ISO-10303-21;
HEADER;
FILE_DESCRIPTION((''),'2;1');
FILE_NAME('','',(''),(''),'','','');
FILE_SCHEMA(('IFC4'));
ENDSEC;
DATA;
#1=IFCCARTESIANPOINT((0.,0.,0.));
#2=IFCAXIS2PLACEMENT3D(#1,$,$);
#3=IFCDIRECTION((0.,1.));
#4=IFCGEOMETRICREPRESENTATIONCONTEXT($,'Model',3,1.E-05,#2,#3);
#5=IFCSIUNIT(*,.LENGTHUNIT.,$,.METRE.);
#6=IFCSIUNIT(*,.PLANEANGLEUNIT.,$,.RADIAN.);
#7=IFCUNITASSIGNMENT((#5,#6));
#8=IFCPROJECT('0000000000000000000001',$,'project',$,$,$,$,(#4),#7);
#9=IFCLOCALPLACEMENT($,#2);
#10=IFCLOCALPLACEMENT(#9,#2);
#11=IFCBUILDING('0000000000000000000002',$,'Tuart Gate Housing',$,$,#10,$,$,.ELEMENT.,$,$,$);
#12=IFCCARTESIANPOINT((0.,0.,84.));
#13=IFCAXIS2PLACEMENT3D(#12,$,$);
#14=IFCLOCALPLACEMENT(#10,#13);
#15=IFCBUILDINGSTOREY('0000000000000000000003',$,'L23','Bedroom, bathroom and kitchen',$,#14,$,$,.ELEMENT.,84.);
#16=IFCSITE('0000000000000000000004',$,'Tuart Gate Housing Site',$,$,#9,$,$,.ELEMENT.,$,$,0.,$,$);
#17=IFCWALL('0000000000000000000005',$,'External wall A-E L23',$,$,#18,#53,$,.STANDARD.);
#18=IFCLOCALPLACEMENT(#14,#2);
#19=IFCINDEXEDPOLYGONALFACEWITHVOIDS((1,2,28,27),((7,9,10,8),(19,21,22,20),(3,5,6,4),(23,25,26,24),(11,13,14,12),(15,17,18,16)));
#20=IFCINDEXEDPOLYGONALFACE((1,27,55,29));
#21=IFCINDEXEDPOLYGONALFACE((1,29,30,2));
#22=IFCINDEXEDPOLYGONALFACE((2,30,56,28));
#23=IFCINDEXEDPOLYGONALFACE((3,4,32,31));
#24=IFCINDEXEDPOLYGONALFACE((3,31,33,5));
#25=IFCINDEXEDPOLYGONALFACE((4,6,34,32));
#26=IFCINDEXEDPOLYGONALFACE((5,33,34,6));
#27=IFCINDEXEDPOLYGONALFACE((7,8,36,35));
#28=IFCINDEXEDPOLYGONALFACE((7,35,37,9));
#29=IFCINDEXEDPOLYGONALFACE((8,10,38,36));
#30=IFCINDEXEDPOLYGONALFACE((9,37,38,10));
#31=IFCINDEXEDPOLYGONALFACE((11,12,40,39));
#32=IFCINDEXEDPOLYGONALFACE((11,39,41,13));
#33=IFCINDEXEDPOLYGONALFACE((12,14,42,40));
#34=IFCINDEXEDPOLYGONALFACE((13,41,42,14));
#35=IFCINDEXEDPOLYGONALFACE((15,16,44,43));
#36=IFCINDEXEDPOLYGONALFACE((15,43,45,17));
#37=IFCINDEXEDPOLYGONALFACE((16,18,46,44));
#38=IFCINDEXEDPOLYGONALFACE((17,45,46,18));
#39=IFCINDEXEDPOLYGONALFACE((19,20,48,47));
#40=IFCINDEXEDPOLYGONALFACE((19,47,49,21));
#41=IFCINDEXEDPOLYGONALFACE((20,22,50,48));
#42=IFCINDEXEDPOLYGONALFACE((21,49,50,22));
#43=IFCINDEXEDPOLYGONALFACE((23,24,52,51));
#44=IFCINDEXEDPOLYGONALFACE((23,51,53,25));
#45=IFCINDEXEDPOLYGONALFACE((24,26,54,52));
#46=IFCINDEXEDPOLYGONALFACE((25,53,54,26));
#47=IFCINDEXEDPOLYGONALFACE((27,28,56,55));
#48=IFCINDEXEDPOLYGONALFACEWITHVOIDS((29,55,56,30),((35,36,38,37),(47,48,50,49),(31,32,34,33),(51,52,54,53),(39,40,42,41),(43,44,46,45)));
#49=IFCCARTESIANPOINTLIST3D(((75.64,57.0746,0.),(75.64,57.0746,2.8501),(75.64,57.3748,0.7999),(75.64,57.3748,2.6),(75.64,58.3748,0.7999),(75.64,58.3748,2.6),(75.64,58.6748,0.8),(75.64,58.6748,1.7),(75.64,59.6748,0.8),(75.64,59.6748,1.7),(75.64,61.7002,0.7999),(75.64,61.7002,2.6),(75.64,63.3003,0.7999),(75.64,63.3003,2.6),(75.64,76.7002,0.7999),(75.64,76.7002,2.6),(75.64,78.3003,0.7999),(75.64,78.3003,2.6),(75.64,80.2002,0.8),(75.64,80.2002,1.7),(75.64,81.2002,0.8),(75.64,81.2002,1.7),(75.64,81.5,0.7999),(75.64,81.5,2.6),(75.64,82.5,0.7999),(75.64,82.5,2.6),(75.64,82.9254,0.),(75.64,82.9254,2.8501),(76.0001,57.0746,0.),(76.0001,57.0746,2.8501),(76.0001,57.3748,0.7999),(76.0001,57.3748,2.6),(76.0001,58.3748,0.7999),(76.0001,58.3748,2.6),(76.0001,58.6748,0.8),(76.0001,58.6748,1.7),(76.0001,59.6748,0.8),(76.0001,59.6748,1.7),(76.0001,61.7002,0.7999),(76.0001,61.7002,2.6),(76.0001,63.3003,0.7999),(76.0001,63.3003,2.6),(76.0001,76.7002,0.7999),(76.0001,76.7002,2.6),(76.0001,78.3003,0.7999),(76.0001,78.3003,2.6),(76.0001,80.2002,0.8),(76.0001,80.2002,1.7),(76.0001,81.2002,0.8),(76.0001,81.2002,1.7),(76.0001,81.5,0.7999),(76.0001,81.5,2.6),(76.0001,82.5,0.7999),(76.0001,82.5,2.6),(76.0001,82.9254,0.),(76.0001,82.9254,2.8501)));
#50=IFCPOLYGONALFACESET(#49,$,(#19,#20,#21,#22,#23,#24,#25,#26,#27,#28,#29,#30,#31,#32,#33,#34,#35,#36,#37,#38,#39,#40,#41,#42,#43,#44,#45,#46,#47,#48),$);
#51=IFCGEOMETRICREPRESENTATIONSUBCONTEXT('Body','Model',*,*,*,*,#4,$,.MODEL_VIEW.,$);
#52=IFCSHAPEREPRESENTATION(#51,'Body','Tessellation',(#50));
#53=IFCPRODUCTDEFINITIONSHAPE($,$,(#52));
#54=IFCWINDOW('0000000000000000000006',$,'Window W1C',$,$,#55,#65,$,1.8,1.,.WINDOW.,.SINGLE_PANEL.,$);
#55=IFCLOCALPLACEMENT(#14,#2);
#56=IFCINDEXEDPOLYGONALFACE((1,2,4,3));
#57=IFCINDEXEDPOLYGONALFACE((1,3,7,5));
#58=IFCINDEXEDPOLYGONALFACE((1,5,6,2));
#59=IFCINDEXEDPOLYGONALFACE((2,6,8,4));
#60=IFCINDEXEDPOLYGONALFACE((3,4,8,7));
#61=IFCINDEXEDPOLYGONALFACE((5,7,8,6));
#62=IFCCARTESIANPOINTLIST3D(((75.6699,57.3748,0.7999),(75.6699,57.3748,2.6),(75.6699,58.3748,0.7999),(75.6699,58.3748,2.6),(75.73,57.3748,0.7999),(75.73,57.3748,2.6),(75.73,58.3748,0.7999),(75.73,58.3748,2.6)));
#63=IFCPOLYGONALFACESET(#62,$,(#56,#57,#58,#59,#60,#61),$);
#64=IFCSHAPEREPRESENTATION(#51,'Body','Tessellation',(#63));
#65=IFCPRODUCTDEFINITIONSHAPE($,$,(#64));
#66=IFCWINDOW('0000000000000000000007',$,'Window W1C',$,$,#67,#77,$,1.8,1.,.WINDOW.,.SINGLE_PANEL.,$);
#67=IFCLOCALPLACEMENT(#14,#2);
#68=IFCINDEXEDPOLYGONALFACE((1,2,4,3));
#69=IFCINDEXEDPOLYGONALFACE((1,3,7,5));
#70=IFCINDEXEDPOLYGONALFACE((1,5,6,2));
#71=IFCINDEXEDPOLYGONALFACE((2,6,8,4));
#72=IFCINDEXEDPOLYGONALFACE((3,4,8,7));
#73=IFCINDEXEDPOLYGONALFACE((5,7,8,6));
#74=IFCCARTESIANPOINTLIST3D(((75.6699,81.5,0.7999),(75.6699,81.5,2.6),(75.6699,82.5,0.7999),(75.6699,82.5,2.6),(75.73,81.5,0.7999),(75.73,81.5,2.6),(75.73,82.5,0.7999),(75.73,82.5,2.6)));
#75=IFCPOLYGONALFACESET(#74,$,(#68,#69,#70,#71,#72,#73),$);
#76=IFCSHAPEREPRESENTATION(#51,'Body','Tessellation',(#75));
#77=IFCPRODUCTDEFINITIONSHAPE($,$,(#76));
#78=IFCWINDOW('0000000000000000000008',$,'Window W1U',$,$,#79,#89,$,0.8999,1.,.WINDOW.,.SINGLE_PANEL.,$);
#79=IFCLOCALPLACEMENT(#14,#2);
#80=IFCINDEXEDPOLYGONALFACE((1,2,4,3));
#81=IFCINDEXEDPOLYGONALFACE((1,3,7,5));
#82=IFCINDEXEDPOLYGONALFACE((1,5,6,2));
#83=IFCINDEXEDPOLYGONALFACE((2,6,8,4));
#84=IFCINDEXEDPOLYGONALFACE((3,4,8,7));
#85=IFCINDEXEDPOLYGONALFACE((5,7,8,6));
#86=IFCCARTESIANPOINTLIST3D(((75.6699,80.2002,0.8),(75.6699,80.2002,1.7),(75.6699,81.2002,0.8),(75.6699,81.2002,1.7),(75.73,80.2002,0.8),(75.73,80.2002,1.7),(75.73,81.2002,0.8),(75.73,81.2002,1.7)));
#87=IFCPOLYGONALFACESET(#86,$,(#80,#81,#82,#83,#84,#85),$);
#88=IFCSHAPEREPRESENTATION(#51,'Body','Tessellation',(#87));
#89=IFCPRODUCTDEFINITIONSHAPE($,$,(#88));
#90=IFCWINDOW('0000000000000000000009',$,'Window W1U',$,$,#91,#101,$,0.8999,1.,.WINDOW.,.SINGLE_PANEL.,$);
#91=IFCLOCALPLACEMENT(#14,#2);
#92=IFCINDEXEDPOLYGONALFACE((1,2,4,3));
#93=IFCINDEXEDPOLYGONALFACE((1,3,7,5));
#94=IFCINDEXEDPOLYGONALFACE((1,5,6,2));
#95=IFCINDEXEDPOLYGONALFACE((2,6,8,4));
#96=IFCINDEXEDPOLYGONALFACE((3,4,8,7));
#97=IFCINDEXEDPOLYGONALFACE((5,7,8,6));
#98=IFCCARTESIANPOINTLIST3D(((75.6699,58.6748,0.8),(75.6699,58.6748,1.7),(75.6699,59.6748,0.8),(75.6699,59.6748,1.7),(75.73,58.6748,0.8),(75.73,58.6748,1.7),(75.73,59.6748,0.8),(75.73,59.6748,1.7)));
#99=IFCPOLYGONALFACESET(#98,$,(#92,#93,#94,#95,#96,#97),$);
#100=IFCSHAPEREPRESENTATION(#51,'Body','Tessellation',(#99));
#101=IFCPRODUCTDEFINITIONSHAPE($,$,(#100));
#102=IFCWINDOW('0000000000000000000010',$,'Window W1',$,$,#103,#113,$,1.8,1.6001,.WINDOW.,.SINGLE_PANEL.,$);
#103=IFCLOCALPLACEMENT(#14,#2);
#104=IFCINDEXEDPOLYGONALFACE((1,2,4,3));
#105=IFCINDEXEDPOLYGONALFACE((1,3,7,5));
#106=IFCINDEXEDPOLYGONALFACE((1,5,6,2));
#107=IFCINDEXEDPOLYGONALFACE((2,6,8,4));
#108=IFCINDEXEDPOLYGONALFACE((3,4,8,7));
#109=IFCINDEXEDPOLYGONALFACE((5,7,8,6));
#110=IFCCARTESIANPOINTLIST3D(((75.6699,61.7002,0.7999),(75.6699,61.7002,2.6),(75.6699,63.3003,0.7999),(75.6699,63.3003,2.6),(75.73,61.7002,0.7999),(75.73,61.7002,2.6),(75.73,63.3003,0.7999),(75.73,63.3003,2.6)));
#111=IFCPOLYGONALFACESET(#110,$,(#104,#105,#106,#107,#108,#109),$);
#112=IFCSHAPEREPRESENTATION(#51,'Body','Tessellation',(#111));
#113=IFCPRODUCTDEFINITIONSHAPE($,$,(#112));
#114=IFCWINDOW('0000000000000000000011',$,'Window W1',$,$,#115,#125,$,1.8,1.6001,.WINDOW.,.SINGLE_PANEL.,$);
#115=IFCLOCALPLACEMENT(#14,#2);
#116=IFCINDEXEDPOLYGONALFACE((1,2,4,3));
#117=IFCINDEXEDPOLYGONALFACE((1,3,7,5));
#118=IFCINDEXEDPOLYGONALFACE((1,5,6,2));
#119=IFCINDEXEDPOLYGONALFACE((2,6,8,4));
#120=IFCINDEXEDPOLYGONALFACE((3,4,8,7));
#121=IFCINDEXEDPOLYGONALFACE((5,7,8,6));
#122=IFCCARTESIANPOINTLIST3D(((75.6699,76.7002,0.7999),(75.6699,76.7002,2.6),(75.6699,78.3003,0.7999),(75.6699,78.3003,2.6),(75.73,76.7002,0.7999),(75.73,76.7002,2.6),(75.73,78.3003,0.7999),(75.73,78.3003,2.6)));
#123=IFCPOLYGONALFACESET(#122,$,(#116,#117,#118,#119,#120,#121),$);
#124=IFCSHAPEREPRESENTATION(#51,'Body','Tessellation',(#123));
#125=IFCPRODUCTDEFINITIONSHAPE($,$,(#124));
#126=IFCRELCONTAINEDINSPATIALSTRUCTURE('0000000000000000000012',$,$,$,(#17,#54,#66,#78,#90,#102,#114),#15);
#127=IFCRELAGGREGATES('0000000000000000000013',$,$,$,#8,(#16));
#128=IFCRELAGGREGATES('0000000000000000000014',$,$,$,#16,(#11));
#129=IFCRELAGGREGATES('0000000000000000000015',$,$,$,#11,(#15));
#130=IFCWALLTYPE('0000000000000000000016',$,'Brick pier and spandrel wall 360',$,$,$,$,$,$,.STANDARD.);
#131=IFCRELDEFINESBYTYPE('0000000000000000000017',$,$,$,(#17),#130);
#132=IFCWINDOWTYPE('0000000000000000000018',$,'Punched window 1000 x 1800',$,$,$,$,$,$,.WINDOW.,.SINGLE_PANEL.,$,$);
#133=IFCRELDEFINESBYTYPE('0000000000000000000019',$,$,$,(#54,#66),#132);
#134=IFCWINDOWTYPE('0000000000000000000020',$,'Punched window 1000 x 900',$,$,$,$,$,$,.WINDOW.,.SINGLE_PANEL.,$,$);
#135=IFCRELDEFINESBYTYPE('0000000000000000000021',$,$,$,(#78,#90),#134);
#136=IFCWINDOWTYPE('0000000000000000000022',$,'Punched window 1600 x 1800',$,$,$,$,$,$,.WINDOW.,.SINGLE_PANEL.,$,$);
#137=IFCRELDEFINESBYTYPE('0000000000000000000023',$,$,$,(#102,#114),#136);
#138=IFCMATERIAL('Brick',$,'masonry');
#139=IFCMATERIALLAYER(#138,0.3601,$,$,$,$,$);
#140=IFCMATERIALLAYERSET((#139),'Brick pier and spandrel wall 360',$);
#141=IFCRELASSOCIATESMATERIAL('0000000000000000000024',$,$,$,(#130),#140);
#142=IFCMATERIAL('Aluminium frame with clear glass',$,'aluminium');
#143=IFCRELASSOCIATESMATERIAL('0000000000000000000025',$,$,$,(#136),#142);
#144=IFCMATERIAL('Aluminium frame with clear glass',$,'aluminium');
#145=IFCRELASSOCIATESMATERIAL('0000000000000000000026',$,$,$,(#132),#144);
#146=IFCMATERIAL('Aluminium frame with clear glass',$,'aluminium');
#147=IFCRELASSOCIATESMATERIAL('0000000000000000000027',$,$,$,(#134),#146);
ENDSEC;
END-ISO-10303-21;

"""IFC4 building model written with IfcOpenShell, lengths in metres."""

from ifc_helpers import new_model, si_unit, direction, frame, frame_2d, origin, place, context, subcontext, project, spatial, rectangle, extrude, material, layer, layer_set, type_object, element, fill, save


model = new_model("IFC4")

# Units and contexts
model_context = context("Model", 3, precision=1e-05, world=origin(), true_north=direction((0.0, 1.0)))
body_context = subcontext(model_context, "Body", "Model", "MODEL_VIEW")
ifc_project = project(units=[si_unit("LENGTHUNIT", "METRE"), si_unit("PLANEANGLEUNIT", "RADIAN")], contexts=[model_context])

# Site, building, storey
site_placement = place(None, origin())
site = spatial("IfcSite", under=ifc_project, at=site_placement, Name="Tuart Gate Housing Site", CompositionType="ELEMENT", RefElevation=0.0)
building_placement = place(site_placement, origin())
building = spatial("IfcBuilding", under=site, at=building_placement, Name="Tuart Gate Housing", CompositionType="ELEMENT")
storey_placement = place(building_placement, frame((0.0, 0.0, 84.0)))
storey = spatial("IfcBuildingStorey", under=building, at=storey_placement, Name="L23", Description="Bedroom, bathroom and kitchen", CompositionType="ELEMENT", Elevation=84.0)

# Shared definitions
ifc_material_1 = material(Name="Brick", Category="masonry")
ifc_layer = layer(ifc_material_1, 0.3601)
ifc_layer_set = layer_set([ifc_layer], Name="Brick pier and spandrel wall 360")
wall_type = type_object("IfcWallType", Name="Brick pier and spandrel wall 360", PredefinedType="STANDARD", material=ifc_layer_set)
ifc_material_2 = material(Name="Aluminium frame with clear glass", Category="aluminium")
window_type_1 = type_object("IfcWindowType", Name="Punched window 1600 x 1800", PartitioningType="SINGLE_PANEL", PredefinedType="WINDOW", material=ifc_material_2)

# Wall, openings, windows
wall_1_placement = place(storey_placement, frame((75.8201, 57.0747, 0.0), z_axis=(0.0, 0.0, 1.0), x_axis=(0.0, 1.0, 0.0)))
wall_1 = element("IfcWall", 1, at=wall_1_placement, inside=storey, type_object=wall_type, Name="External wall A-E L23", PredefinedType="STANDARD", context=body_context, shape_type="SweptSolid", body=[
    extrude(rectangle(XDim=25.8508, YDim=0.3601, at=frame_2d((12.9253, 0.0))), origin(), (0.0, 0.0, 1.0), 2.8501),
])
opening_1_placement = place(wall_1_placement, frame((0.3, 0.0, 0.8)))
opening_1 = element("IfcOpeningElement", 2, at=opening_1_placement, cuts=wall_1, PredefinedType="OPENING", context=body_context, shape_type="SweptSolid", body=[
    extrude(rectangle(XDim=1.0, YDim=1.8, at=frame_2d((0.5, 0.8999))), frame((0.0, 0.1899, 0.0), z_axis=(0.0, -1.0, 0.0), x_axis=(1.0, 0.0, 0.0)), (0.0, 0.0, 1.0), 0.3801),
])
opening_2_placement = place(wall_1_placement, frame((4.6255, 0.0, 0.8)))
opening_2 = element("IfcOpeningElement", 3, at=opening_2_placement, cuts=wall_1, PredefinedType="OPENING", context=body_context, shape_type="SweptSolid", body=[
    extrude(rectangle(XDim=1.6001, YDim=1.8, at=frame_2d((0.8, 0.8999))), frame((0.0, 0.1899, 0.0), z_axis=(0.0, -1.0, 0.0), x_axis=(1.0, 0.0, 0.0)), (0.0, 0.0, 1.0), 0.3801),
])
opening_3_placement = place(wall_1_placement, frame((19.6255, 0.0, 0.8)))
opening_3 = element("IfcOpeningElement", 4, at=opening_3_placement, cuts=wall_1, PredefinedType="OPENING", context=body_context, shape_type="SweptSolid", body=[
    extrude(rectangle(XDim=1.6001, YDim=1.8, at=frame_2d((0.8, 0.8999))), frame((0.0, 0.1899, 0.0), z_axis=(0.0, -1.0, 0.0), x_axis=(1.0, 0.0, 0.0)), (0.0, 0.0, 1.0), 0.3801),
])
opening_4_placement = place(wall_1_placement, frame((23.1255, 0.0, 0.8)))
opening_4 = element("IfcOpeningElement", 5, at=opening_4_placement, cuts=wall_1, PredefinedType="OPENING", context=body_context, shape_type="SweptSolid", body=[
    extrude(rectangle(XDim=1.0, YDim=0.8999, at=frame_2d((0.5, 0.45))), frame((0.0, 0.1899, 0.0), z_axis=(0.0, -1.0, 0.0), x_axis=(1.0, 0.0, 0.0)), (0.0, 0.0, 1.0), 0.3801),
])
opening_5_placement = place(wall_1_placement, frame((1.6001, 0.0, 0.8)))
opening_5 = element("IfcOpeningElement", 6, at=opening_5_placement, cuts=wall_1, PredefinedType="OPENING", context=body_context, shape_type="SweptSolid", body=[
    extrude(rectangle(XDim=1.0, YDim=0.8999, at=frame_2d((0.5, 0.45))), frame((0.0, 0.1899, 0.0), z_axis=(0.0, -1.0, 0.0), x_axis=(1.0, 0.0, 0.0)), (0.0, 0.0, 1.0), 0.3801),
])
opening_6_placement = place(wall_1_placement, frame((24.4253, 0.0, 0.8)))
opening_6 = element("IfcOpeningElement", 7, at=opening_6_placement, cuts=wall_1, PredefinedType="OPENING", context=body_context, shape_type="SweptSolid", body=[
    extrude(rectangle(XDim=1.0, YDim=1.8, at=frame_2d((0.5, 0.8999))), frame((0.0, 0.1899, 0.0), z_axis=(0.0, -1.0, 0.0), x_axis=(1.0, 0.0, 0.0)), (0.0, 0.0, 1.0), 0.3801),
])
ifc_material_3 = material(Name="Aluminium frame with clear glass", Category="aluminium")
window_type_2 = type_object("IfcWindowType", Name="Punched window 1000 x 1800", PartitioningType="SINGLE_PANEL", PredefinedType="WINDOW", material=ifc_material_3)
window_1_placement = place(opening_1_placement, origin())
window_1 = element("IfcWindow", 8, at=window_1_placement, inside=storey, type_object=window_type_2, Name="Window W1C", OverallHeight=1.8, OverallWidth=1.0, PartitioningType="SINGLE_PANEL", PredefinedType="WINDOW", context=body_context, shape_type="SweptSolid", body=[
    extrude(rectangle(XDim=1.0, YDim=1.8, at=frame_2d((0.5, 0.8999))), frame((0.0, 0.1501, 0.0), z_axis=(0.0, -1.0, 0.0), x_axis=(1.0, 0.0, 0.0)), (0.0, 0.0, 1.0), 0.0601),
])
fill(opening_1, window_1)
window_2_placement = place(opening_6_placement, origin())
window_2 = element("IfcWindow", 9, at=window_2_placement, inside=storey, type_object=window_type_2, Name="Window W1C", OverallHeight=1.8, OverallWidth=1.0, PartitioningType="SINGLE_PANEL", PredefinedType="WINDOW", context=body_context, shape_type="SweptSolid", body=[
    extrude(rectangle(XDim=1.0, YDim=1.8, at=frame_2d((0.5, 0.8999))), frame((0.0, 0.1501, 0.0), z_axis=(0.0, -1.0, 0.0), x_axis=(1.0, 0.0, 0.0)), (0.0, 0.0, 1.0), 0.0601),
])
fill(opening_6, window_2)
ifc_material_4 = material(Name="Aluminium frame with clear glass", Category="aluminium")
window_type_3 = type_object("IfcWindowType", Name="Punched window 1000 x 900", PartitioningType="SINGLE_PANEL", PredefinedType="WINDOW", material=ifc_material_4)
window_3_placement = place(opening_4_placement, origin())
window_3 = element("IfcWindow", 10, at=window_3_placement, inside=storey, type_object=window_type_3, Name="Window W1U", OverallHeight=0.8999, OverallWidth=1.0, PartitioningType="SINGLE_PANEL", PredefinedType="WINDOW", context=body_context, shape_type="SweptSolid", body=[
    extrude(rectangle(XDim=1.0, YDim=0.8999, at=frame_2d((0.5, 0.45))), frame((0.0, 0.1501, 0.0), z_axis=(0.0, -1.0, 0.0), x_axis=(1.0, 0.0, 0.0)), (0.0, 0.0, 1.0), 0.0601),
])
fill(opening_4, window_3)
window_4_placement = place(opening_5_placement, origin())
window_4 = element("IfcWindow", 11, at=window_4_placement, inside=storey, type_object=window_type_3, Name="Window W1U", OverallHeight=0.8999, OverallWidth=1.0, PartitioningType="SINGLE_PANEL", PredefinedType="WINDOW", context=body_context, shape_type="SweptSolid", body=[
    extrude(rectangle(XDim=1.0, YDim=0.8999, at=frame_2d((0.5, 0.45))), frame((0.0, 0.1501, 0.0), z_axis=(0.0, -1.0, 0.0), x_axis=(1.0, 0.0, 0.0)), (0.0, 0.0, 1.0), 0.0601),
])
fill(opening_5, window_4)
window_5_placement = place(opening_2_placement, origin())
window_5 = element("IfcWindow", 12, at=window_5_placement, inside=storey, type_object=window_type_1, Name="Window W1", OverallHeight=1.8, OverallWidth=1.6001, PartitioningType="SINGLE_PANEL", PredefinedType="WINDOW", context=body_context, shape_type="SweptSolid", body=[
    extrude(rectangle(XDim=1.6001, YDim=1.8, at=frame_2d((0.8, 0.8999))), frame((0.0, 0.1501, 0.0), z_axis=(0.0, -1.0, 0.0), x_axis=(1.0, 0.0, 0.0)), (0.0, 0.0, 1.0), 0.0601),
])
fill(opening_2, window_5)
window_6_placement = place(opening_3_placement, origin())
window_6 = element("IfcWindow", 13, at=window_6_placement, inside=storey, type_object=window_type_1, Name="Window W1", OverallHeight=1.8, OverallWidth=1.6001, PartitioningType="SINGLE_PANEL", PredefinedType="WINDOW", context=body_context, shape_type="SweptSolid", body=[
    extrude(rectangle(XDim=1.6001, YDim=1.8, at=frame_2d((0.8, 0.8999))), frame((0.0, 0.1501, 0.0), z_axis=(0.0, -1.0, 0.0), x_axis=(1.0, 0.0, 0.0)), (0.0, 0.0, 1.0), 0.0601),
])
fill(opening_3, window_6)

save(model, "model.ifc")
